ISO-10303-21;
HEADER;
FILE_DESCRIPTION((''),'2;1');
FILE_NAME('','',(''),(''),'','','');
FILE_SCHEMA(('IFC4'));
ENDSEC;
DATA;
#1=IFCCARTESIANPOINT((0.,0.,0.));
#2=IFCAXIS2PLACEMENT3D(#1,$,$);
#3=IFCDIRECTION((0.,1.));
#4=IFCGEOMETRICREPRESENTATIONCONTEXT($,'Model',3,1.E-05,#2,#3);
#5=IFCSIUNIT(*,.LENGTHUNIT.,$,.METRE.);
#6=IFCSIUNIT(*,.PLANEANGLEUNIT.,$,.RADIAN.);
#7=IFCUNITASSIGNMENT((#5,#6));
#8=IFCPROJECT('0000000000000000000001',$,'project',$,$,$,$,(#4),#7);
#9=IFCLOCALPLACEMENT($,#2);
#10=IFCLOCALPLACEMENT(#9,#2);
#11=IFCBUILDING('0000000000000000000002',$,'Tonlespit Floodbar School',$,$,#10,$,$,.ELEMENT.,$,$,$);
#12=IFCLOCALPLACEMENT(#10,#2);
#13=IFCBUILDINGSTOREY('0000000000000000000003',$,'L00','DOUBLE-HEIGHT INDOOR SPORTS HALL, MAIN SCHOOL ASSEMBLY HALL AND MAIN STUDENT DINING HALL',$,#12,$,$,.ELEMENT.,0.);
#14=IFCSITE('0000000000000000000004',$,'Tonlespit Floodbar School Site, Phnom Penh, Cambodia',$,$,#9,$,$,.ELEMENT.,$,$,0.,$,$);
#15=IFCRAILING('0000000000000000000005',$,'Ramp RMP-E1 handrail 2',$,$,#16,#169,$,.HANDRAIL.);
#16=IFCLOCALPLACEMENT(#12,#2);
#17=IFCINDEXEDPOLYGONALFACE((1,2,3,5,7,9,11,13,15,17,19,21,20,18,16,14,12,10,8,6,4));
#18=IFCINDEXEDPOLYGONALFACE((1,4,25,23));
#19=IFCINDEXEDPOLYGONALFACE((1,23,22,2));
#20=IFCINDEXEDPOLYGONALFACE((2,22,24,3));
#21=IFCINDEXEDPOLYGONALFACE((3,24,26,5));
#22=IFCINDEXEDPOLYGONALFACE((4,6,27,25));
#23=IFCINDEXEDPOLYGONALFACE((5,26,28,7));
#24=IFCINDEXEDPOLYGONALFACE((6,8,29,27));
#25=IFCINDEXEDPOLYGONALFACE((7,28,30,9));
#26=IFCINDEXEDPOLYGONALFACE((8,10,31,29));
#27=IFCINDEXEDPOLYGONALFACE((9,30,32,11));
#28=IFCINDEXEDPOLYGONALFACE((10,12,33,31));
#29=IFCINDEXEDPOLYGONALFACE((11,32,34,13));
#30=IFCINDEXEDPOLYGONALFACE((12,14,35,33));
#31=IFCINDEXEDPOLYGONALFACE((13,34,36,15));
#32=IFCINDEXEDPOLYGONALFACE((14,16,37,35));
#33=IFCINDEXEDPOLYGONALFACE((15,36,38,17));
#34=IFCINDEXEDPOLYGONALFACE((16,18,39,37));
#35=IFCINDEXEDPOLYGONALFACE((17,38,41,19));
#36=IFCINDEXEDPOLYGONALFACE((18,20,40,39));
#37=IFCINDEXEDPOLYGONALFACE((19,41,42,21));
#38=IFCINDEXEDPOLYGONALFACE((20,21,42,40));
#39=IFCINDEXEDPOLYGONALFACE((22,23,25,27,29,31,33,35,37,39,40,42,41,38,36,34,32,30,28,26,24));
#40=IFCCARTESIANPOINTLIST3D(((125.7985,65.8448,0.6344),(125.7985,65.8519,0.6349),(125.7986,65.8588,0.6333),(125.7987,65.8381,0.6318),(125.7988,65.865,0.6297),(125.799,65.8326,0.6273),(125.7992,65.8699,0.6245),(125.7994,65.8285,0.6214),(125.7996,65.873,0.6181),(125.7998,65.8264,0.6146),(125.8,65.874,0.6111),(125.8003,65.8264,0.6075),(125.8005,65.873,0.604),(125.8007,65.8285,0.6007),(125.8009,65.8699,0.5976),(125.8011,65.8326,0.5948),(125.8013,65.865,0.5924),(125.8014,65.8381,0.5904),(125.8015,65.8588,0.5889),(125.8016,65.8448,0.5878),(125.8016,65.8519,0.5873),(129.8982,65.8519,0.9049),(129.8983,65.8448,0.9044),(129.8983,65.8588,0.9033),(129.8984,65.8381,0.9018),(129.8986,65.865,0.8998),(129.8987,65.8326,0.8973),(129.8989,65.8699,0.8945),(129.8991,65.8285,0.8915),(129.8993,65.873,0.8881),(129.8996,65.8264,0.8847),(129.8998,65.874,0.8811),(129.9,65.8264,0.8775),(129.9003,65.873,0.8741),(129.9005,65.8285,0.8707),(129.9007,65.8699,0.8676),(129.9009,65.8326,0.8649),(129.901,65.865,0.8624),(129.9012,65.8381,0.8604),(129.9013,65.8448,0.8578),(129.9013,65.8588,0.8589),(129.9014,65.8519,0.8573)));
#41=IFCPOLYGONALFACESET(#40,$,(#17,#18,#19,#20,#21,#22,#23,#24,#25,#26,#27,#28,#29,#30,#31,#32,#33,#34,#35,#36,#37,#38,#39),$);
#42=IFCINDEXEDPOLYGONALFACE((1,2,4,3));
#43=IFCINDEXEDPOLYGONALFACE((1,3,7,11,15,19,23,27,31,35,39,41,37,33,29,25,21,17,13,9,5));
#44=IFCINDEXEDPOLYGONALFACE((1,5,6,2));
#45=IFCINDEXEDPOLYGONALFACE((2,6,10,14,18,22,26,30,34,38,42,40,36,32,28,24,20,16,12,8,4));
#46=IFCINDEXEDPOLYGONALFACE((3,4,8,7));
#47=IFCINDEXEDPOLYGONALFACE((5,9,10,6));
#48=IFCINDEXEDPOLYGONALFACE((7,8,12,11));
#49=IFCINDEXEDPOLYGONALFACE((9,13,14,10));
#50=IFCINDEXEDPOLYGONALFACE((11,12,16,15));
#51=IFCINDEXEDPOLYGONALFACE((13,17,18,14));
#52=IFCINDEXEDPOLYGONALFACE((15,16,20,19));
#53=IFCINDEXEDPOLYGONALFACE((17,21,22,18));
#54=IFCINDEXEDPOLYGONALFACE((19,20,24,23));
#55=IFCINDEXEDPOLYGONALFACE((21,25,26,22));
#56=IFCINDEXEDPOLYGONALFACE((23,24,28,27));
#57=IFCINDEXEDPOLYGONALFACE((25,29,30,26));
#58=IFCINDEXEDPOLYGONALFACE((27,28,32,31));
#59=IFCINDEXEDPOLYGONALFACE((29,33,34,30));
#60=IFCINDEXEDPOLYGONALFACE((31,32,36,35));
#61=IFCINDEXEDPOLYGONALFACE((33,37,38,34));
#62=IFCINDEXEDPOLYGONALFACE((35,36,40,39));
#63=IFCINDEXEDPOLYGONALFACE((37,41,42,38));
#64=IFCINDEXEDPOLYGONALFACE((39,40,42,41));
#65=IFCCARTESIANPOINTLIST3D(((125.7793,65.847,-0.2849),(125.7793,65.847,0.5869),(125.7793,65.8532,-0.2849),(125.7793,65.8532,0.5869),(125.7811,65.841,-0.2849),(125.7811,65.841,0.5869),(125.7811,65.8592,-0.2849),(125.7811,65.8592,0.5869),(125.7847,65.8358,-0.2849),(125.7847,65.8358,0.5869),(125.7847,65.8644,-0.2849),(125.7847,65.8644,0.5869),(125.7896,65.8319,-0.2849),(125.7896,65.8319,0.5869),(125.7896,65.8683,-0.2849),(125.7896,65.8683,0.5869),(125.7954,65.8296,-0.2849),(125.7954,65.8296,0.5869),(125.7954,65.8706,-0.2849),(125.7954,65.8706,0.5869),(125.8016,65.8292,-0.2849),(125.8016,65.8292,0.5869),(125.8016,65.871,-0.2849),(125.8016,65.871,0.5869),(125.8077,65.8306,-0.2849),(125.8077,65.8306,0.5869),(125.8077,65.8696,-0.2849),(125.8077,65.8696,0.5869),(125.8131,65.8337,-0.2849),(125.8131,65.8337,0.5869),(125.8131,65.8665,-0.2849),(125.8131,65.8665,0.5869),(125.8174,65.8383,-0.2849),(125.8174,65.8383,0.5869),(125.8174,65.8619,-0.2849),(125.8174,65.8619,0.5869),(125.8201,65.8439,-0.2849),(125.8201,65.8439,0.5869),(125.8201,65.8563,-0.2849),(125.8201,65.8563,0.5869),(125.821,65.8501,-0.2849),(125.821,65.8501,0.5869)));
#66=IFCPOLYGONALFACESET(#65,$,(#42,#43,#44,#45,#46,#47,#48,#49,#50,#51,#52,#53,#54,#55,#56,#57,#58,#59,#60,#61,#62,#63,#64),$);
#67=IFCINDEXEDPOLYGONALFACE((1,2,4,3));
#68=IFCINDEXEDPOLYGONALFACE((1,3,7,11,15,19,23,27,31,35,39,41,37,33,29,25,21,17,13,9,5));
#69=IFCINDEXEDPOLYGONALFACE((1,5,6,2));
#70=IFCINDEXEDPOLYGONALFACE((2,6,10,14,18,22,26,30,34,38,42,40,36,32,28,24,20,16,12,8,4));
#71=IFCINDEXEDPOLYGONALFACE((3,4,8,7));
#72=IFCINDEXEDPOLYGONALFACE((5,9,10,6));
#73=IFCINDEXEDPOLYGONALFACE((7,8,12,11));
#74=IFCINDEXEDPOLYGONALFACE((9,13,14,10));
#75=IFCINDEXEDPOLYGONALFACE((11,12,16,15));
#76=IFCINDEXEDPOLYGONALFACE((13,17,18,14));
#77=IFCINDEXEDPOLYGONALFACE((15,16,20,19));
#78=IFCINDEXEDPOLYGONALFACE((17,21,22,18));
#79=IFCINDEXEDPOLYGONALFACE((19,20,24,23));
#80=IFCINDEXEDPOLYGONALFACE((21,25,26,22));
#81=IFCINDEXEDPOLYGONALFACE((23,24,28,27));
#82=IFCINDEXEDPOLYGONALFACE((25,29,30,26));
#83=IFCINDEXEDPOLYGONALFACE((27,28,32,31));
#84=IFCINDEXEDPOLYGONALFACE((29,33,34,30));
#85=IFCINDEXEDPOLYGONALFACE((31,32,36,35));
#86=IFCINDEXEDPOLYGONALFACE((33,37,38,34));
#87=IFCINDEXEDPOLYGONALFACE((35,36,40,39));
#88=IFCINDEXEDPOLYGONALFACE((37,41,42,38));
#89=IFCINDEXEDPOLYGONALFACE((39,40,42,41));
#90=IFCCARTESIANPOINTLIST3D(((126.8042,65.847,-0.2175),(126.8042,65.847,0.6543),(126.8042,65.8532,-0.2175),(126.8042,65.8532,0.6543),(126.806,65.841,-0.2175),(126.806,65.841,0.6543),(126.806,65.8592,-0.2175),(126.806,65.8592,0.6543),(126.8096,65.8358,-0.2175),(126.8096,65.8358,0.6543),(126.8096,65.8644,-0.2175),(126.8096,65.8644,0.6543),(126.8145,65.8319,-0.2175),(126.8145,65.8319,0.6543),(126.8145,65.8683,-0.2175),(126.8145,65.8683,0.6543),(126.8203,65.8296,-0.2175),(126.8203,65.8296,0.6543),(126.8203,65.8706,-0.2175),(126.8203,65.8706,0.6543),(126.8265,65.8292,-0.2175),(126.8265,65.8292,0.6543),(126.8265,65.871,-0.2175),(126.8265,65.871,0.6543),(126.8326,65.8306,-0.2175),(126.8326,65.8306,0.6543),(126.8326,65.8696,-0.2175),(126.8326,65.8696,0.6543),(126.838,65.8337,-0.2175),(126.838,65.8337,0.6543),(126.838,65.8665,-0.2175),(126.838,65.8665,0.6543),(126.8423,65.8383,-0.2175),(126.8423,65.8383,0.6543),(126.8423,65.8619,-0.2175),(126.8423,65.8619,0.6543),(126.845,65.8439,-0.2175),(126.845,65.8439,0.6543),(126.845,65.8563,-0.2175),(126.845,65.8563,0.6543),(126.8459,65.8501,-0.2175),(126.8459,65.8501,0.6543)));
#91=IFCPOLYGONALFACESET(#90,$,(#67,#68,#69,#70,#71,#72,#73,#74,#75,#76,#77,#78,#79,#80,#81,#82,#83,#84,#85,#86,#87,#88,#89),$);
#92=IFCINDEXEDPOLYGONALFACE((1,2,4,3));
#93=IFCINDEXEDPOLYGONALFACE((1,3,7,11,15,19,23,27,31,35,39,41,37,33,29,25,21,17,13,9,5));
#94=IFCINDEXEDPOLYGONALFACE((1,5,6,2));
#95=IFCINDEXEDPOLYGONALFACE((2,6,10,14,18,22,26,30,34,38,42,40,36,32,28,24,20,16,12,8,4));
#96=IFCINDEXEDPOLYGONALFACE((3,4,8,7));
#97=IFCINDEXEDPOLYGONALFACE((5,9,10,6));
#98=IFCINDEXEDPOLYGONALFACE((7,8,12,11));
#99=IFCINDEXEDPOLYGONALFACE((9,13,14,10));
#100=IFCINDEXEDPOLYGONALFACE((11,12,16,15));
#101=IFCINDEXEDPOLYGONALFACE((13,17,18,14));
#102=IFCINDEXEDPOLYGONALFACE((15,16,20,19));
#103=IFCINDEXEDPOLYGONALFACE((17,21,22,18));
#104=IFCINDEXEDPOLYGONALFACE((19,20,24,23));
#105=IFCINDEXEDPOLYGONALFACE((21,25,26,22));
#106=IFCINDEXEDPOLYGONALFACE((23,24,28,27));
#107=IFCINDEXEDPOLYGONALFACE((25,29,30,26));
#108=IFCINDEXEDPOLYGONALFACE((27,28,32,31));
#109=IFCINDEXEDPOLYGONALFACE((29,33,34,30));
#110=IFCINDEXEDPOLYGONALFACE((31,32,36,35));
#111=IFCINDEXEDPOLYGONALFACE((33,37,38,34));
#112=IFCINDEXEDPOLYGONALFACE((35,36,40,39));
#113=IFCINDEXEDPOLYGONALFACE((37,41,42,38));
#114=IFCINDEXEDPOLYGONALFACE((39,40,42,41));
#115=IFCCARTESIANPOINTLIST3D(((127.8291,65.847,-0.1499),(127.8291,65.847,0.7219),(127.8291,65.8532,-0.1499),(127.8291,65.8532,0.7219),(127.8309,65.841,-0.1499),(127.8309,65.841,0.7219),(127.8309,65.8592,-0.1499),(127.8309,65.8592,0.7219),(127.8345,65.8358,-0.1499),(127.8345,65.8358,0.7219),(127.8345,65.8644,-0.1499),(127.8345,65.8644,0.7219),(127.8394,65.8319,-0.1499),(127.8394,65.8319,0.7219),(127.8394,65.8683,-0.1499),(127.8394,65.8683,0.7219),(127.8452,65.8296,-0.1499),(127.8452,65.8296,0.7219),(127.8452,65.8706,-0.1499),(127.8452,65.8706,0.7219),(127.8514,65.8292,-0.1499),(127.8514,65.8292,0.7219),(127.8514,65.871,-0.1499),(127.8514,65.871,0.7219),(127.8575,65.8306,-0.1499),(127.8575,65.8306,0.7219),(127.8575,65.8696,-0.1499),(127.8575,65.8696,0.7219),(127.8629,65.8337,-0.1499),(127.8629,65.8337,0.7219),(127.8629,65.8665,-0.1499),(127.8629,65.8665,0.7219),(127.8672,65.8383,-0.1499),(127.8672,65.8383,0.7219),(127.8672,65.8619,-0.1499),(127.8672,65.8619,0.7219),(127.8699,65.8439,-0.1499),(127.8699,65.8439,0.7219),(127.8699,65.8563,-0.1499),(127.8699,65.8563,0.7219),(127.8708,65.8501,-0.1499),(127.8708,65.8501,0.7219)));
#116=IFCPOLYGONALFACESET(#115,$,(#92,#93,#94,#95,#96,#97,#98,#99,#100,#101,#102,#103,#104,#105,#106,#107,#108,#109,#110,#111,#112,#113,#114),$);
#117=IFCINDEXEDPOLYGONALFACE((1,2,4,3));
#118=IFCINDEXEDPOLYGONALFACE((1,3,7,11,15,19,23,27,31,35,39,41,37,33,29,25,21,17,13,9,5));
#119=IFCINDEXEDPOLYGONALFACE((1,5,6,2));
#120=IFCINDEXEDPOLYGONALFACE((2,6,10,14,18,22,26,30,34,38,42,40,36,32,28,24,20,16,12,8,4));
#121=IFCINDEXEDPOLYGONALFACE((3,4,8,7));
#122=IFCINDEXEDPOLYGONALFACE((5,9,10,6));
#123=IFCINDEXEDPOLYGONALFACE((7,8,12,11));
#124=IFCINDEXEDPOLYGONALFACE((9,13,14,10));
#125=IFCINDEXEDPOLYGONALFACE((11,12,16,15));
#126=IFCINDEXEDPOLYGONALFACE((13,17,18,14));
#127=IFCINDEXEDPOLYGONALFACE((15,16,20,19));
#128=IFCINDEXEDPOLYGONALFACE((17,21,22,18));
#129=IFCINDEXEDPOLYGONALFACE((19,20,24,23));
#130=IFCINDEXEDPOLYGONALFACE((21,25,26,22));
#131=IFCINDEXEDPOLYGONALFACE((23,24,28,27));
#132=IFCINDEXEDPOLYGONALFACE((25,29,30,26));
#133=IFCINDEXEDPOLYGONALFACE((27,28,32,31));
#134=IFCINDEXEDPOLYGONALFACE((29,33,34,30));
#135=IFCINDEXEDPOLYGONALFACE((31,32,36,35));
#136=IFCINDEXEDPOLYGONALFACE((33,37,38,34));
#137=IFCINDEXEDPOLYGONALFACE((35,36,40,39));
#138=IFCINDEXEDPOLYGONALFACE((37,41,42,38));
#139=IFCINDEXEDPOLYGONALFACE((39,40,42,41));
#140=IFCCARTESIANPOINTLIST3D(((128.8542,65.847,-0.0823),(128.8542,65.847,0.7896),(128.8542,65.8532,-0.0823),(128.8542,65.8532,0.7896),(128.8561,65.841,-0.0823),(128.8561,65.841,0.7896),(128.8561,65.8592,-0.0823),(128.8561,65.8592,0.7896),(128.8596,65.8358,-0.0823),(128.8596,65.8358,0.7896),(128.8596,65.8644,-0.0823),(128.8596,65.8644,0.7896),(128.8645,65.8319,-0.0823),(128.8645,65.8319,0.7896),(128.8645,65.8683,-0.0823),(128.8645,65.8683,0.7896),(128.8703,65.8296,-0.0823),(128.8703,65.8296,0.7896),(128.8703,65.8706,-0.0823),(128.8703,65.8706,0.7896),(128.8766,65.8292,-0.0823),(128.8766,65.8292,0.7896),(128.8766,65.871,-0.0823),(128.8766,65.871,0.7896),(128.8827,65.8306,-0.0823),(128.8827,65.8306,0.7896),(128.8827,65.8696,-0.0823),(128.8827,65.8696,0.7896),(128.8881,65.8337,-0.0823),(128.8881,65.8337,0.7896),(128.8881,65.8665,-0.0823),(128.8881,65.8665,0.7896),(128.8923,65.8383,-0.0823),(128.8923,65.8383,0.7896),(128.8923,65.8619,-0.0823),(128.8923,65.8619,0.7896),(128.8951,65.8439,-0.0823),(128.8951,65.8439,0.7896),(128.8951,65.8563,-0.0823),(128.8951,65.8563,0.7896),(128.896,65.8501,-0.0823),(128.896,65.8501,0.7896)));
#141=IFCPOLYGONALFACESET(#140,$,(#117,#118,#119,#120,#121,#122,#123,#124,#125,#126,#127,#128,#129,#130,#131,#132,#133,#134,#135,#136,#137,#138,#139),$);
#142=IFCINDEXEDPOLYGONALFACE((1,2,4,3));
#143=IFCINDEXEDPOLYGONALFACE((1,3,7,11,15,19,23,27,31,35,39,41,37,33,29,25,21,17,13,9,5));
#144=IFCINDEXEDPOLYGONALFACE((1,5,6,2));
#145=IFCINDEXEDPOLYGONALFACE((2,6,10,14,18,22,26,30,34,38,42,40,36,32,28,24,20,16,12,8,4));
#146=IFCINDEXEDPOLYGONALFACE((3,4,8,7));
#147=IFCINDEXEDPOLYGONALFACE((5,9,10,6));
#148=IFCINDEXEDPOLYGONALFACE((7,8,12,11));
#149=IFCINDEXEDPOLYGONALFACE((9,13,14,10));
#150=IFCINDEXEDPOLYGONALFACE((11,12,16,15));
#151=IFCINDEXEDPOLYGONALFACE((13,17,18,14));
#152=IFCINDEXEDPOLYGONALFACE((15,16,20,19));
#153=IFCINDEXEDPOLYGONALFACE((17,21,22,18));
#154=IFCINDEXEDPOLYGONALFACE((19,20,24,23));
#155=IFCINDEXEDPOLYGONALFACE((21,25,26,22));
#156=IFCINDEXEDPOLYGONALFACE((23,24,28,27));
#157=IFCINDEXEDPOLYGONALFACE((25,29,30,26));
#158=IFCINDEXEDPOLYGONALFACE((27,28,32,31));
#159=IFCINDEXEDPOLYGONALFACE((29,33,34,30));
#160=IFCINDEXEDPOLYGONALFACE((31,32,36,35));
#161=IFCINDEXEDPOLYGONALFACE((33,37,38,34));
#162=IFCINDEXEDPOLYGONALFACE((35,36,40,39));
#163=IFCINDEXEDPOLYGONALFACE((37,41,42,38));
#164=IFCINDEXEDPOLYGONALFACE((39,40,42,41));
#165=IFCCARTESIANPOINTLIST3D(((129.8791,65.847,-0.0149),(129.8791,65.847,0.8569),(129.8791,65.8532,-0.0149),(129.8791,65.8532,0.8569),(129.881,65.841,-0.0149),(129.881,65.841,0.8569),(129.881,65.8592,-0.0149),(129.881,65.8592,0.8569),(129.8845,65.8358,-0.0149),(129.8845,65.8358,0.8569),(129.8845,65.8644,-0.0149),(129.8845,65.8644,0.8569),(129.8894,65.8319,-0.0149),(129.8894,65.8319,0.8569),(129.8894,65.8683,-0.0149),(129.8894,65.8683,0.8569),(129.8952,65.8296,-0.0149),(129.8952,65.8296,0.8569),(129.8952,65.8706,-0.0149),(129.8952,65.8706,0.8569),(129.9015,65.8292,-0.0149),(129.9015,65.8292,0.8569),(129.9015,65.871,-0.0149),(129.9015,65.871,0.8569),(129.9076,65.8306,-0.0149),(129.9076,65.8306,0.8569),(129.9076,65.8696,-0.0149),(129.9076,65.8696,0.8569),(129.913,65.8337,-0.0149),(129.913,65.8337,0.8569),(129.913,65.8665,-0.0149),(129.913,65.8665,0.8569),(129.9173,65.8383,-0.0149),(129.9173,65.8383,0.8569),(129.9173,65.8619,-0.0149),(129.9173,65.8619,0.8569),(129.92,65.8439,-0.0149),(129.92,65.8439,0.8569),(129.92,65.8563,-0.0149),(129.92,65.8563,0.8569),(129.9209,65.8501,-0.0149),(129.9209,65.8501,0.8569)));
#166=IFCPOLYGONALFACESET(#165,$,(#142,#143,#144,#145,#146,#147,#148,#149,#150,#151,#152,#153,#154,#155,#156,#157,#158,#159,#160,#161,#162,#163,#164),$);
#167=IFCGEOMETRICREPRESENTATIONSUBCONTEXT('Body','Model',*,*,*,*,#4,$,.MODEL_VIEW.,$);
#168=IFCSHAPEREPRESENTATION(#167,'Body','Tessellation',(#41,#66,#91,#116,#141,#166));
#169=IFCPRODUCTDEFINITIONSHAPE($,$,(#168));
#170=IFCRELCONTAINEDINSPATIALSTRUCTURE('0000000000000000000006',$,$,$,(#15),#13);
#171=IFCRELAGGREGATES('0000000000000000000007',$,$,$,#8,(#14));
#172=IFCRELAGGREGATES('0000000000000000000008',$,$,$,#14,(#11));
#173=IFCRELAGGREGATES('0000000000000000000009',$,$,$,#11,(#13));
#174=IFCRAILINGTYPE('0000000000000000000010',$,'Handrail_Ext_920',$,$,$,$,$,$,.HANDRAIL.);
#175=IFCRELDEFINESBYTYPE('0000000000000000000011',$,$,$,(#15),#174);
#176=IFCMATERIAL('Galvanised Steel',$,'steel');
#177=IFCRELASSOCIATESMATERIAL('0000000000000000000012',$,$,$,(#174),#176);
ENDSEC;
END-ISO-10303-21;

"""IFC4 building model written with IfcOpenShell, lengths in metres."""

from ifc_helpers import new_model, si_unit, direction, frame, origin, origin_2d, place, context, subcontext, project, spatial, circle, extrude, material, type_object, element, save


model = new_model("IFC4")

# Units and contexts
model_context = context("Model", 3, precision=1e-05, world=origin(), true_north=direction((0.0, 1.0)))
body_context = subcontext(model_context, "Body", "Model", "MODEL_VIEW")
ifc_project = project(units=[si_unit("LENGTHUNIT", "METRE"), si_unit("PLANEANGLEUNIT", "RADIAN")], contexts=[model_context])

# Site, building, storey
site_placement = place(None, origin())
site = spatial("IfcSite", under=ifc_project, at=site_placement, Name="Tonlespit Floodbar School Site, Phnom Penh, Cambodia", CompositionType="ELEMENT", RefElevation=0.0)
building_placement = place(site_placement, origin())
building = spatial("IfcBuilding", under=site, at=building_placement, Name="Tonlespit Floodbar School", CompositionType="ELEMENT")
storey_placement = place(building_placement, origin())
storey = spatial("IfcBuildingStorey", under=building, at=storey_placement, Name="L00", Description="DOUBLE-HEIGHT INDOOR SPORTS HALL, MAIN SCHOOL ASSEMBLY HALL AND MAIN STUDENT DINING HALL", CompositionType="ELEMENT", Elevation=0.0)

# Railing
ifc_material_1 = material(Name="Galvanised Steel", Category="steel")
railing_type = type_object("IfcRailingType", Name="Handrail_Ext_920", PredefinedType="HANDRAIL", material=ifc_material_1)
for number, where, name in (
    (1, (125.8, 65.8501, -0.2849), "Ramp RMP-E1 handrail 2"),
):
    element("IfcRailing", number, at=place(storey_placement, frame(where)), inside=storey, type_object=railing_type, Name=name, PredefinedType="HANDRAIL", context=body_context, shape_type="SweptSolid", body=[
        extrude(circle(Radius=0.0239, at=origin_2d()), frame((0.0, 0.0, 0.896), z_axis=(0.997838, 0.0, 0.065718), x_axis=(0.0, 1.0, 0.0)), (0.0, 0.0, 1.0), 4.1086),
        extrude(circle(Radius=0.021, at=origin_2d()), origin(), (0.0, 0.0, 1.0), 0.8718),
        extrude(circle(Radius=0.021, at=origin_2d()), frame((1.0249, 0.0, 0.0674)), (0.0, 0.0, 1.0), 0.8718),
        extrude(circle(Radius=0.021, at=origin_2d()), frame((2.0498, 0.0, 0.135)), (0.0, 0.0, 1.0), 0.8718),
        extrude(circle(Radius=0.021, at=origin_2d()), frame((3.075, 0.0, 0.2026)), (0.0, 0.0, 1.0), 0.8718),
        extrude(circle(Radius=0.021, at=origin_2d()), frame((4.0999, 0.0, 0.27)), (0.0, 0.0, 1.0), 0.8718),
    ])

save(model, "model.ifc")
